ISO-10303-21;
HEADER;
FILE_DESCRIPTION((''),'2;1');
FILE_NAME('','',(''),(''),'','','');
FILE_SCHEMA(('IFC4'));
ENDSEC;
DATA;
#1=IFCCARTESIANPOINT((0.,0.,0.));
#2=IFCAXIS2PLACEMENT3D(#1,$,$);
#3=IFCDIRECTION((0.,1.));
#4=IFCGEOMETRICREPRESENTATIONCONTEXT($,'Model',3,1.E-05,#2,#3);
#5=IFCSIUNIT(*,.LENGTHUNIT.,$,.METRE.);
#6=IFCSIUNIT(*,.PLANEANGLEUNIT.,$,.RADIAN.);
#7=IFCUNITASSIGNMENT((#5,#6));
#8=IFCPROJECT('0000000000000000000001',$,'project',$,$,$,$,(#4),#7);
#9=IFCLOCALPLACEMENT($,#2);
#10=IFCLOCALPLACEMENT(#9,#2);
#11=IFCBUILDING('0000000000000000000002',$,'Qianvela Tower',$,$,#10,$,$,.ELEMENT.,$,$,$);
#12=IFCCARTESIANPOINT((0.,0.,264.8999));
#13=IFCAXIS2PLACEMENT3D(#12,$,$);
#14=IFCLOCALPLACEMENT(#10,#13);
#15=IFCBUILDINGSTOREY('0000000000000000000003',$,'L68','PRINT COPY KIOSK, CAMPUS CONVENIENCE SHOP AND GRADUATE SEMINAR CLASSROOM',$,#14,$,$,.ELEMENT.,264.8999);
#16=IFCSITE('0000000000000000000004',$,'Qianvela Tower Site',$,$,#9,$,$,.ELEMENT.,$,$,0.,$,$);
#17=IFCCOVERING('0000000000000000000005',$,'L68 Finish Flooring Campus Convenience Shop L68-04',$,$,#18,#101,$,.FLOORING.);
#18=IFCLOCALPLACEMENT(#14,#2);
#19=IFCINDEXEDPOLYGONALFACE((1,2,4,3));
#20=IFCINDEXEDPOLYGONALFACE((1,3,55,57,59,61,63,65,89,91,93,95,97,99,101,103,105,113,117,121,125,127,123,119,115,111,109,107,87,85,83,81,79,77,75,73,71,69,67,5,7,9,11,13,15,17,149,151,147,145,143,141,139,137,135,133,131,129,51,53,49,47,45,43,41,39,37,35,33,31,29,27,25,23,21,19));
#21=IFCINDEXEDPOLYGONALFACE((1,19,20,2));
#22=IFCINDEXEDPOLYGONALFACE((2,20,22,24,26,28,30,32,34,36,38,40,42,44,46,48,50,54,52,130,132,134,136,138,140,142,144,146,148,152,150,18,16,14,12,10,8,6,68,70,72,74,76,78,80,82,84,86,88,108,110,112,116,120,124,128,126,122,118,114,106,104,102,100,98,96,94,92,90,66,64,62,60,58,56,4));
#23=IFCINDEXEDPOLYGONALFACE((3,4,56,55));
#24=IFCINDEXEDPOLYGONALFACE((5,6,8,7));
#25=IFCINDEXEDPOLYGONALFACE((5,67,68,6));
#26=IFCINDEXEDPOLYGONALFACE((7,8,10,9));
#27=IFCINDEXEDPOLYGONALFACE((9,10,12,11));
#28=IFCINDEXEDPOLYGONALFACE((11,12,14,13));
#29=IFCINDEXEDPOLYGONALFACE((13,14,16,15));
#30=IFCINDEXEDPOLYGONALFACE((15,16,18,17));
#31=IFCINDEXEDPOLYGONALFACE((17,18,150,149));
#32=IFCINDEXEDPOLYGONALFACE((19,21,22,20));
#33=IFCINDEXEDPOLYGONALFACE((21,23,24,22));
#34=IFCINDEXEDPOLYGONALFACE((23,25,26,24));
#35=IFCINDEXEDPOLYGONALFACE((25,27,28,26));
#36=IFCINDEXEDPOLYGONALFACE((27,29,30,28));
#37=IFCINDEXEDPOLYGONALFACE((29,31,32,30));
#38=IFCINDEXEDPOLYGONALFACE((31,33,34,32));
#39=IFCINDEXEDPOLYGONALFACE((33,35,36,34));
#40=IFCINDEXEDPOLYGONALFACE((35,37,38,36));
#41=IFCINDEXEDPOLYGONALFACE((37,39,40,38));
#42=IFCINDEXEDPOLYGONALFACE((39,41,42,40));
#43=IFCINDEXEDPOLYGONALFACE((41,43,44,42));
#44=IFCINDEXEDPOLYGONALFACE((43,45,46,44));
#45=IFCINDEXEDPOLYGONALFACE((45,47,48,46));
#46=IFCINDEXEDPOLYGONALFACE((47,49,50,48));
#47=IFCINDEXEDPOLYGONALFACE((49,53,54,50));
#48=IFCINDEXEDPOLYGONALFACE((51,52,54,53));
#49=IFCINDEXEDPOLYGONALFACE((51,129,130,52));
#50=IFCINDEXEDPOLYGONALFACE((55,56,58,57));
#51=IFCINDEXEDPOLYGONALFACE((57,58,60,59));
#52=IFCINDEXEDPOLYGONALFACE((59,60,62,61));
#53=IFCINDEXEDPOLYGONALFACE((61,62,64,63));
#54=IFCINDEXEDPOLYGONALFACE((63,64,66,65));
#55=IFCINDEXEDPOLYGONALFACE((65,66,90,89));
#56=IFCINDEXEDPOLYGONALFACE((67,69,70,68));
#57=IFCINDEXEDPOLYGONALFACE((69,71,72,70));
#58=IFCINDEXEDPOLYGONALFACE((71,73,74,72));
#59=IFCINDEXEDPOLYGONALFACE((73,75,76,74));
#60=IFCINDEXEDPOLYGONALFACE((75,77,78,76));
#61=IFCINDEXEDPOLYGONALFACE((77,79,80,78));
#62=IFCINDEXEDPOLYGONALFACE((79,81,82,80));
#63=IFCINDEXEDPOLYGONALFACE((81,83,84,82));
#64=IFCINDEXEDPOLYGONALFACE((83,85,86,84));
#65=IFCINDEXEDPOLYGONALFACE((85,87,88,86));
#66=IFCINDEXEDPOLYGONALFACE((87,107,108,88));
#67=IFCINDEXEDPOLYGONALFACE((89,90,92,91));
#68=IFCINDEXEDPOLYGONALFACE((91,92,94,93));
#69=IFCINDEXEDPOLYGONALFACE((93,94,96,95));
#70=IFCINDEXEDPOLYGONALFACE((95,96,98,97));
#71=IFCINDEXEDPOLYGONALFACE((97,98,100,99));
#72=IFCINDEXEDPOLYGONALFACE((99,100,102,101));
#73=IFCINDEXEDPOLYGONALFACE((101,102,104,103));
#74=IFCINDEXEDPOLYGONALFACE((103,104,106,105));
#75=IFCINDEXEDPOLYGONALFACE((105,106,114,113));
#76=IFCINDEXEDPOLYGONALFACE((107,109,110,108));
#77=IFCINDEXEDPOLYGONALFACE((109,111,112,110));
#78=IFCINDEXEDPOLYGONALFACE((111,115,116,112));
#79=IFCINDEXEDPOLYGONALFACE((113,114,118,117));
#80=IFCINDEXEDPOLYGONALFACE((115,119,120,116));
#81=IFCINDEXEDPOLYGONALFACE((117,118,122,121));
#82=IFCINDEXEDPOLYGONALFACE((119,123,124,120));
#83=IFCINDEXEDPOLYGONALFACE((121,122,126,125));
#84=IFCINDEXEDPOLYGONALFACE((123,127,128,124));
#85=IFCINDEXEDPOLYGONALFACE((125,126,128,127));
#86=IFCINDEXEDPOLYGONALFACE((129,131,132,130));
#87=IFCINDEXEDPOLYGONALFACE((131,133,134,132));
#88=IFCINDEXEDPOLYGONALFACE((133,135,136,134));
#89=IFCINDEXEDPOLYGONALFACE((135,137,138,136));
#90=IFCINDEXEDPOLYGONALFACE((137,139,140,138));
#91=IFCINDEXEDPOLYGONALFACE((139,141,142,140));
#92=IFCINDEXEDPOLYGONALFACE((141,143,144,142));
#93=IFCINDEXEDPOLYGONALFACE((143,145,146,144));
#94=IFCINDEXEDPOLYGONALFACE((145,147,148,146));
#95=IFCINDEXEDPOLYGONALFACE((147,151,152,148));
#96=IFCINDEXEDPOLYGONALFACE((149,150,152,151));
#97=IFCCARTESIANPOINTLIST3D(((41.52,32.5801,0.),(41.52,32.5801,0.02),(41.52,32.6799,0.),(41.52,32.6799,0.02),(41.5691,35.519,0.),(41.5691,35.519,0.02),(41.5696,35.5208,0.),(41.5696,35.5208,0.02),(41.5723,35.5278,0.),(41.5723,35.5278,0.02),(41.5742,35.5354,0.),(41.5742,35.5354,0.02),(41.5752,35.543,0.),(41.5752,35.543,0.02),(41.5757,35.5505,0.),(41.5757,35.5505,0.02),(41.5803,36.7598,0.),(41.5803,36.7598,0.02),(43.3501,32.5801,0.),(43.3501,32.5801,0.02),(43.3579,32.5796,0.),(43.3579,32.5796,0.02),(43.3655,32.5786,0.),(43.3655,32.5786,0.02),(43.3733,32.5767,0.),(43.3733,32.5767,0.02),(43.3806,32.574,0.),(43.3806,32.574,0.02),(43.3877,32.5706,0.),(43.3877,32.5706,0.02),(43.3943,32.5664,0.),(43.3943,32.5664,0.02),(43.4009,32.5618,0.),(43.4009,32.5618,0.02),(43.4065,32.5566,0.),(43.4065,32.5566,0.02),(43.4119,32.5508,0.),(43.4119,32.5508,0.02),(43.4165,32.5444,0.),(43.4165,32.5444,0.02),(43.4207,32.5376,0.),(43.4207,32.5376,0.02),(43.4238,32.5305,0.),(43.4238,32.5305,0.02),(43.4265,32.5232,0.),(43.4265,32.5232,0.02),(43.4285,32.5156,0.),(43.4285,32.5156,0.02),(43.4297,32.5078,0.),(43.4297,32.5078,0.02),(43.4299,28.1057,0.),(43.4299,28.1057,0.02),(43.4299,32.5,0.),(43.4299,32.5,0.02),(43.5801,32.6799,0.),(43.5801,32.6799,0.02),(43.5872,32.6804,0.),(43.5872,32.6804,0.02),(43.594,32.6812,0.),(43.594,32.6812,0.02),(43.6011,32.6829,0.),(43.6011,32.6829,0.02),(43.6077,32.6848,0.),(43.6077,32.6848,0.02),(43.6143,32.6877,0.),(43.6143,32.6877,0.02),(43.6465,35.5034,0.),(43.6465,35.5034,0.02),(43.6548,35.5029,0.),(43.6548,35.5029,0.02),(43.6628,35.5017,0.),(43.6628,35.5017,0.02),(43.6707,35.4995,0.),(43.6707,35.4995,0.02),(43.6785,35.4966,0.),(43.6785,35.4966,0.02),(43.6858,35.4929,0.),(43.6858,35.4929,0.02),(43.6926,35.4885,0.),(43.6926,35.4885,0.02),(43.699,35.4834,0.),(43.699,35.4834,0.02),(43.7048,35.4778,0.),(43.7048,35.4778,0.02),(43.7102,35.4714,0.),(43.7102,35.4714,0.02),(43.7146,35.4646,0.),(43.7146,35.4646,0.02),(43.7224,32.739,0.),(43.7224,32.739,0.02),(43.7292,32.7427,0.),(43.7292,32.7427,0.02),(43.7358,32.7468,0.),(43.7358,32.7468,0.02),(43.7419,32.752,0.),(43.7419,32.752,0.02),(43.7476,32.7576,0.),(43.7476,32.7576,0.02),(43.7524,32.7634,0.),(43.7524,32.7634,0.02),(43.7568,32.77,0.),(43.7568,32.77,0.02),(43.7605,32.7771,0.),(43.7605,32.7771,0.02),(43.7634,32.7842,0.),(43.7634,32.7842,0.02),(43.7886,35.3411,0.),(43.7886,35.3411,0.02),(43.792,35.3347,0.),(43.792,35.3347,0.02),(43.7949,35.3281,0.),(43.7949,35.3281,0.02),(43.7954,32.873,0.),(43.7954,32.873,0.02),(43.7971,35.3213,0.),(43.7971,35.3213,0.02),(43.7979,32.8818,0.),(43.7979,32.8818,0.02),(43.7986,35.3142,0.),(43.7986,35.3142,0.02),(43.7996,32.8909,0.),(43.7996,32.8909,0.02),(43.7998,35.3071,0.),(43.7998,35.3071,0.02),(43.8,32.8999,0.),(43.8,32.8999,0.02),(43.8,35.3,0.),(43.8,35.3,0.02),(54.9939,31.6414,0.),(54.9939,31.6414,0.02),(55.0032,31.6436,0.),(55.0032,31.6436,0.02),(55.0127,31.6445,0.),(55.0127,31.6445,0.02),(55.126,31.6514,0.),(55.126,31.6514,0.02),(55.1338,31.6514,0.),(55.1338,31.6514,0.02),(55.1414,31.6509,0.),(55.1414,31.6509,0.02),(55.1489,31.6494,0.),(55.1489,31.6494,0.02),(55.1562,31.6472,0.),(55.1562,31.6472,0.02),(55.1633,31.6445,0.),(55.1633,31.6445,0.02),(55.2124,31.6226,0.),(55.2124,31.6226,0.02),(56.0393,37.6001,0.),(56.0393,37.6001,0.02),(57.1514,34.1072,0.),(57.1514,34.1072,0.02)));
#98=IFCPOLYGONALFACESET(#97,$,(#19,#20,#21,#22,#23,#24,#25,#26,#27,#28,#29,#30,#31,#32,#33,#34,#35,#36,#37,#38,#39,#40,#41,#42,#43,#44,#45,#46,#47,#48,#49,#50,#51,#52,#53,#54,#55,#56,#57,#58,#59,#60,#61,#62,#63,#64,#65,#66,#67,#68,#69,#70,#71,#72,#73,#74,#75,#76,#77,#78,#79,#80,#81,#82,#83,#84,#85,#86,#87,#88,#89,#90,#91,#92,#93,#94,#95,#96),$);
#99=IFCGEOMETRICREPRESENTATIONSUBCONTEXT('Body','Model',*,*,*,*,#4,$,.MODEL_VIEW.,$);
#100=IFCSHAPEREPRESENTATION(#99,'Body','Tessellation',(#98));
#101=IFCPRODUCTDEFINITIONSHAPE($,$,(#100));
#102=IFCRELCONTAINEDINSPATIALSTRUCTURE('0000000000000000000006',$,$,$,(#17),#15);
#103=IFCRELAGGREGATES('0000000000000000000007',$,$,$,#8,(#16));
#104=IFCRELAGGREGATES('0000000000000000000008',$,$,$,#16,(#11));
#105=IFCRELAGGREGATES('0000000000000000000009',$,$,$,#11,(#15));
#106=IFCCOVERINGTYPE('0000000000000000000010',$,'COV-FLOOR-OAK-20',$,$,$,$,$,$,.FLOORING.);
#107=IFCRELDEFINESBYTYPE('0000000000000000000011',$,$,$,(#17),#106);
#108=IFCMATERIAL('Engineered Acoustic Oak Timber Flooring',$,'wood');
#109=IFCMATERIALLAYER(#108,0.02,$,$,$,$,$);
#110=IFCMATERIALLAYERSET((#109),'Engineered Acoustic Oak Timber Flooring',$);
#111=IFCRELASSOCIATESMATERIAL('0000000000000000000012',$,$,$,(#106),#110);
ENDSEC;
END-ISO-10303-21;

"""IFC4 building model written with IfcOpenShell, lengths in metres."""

from ifc_helpers import new_model, si_unit, direction, frame, origin, place, context, subcontext, project, spatial, polyline, outline, extrude, material, layer, layer_set, type_object, element, save


model = new_model("IFC4")

# Units and contexts
model_context = context("Model", 3, precision=1e-05, world=origin(), true_north=direction((0.0, 1.0)))
body_context = subcontext(model_context, "Body", "Model", "MODEL_VIEW")
ifc_project = project(units=[si_unit("LENGTHUNIT", "METRE"), si_unit("PLANEANGLEUNIT", "RADIAN")], contexts=[model_context])

# Site, building, storey
site_placement = place(None, origin())
site = spatial("IfcSite", under=ifc_project, at=site_placement, Name="Qianvela Tower Site", CompositionType="ELEMENT", RefElevation=0.0)
building_placement = place(site_placement, origin())
building = spatial("IfcBuilding", under=site, at=building_placement, Name="Qianvela Tower", CompositionType="ELEMENT")
storey_placement = place(building_placement, frame((0.0, 0.0, 264.8999)))
storey = spatial("IfcBuildingStorey", under=building, at=storey_placement, Name="L68", Description="PRINT COPY KIOSK, CAMPUS CONVENIENCE SHOP AND GRADUATE SEMINAR CLASSROOM", CompositionType="ELEMENT", Elevation=264.8999)

# Covering
ifc_material_1 = material(Name="Engineered Acoustic Oak Timber Flooring", Category="wood")
ifc_layer_1 = layer(ifc_material_1, 0.02)
ifc_layer_set_1 = layer_set([ifc_layer_1], Name="Engineered Acoustic Oak Timber Flooring")
covering_type_1 = type_object("IfcCoveringType", Name="COV-FLOOR-OAK-20", PredefinedType="FLOORING", material=ifc_layer_set_1)
covering_1_placement = place(storey_placement, origin())
element("IfcCovering", 1, at=covering_1_placement, inside=storey, type_object=covering_type_1, Name="L68 Finish Flooring Campus Convenience Shop L68-04", PredefinedType="FLOORING", context=body_context, shape_type="SweptSolid", body=[
    extrude(outline(polyline([(41.5691, 35.519), (41.5696, 35.5208), (41.5723, 35.5278), (41.5742, 35.5354), (41.5752, 35.543), (41.5757, 35.5505), (41.5803, 36.7598), (56.0393, 37.6001), (57.1514, 34.1072), (55.2124, 31.6226), (55.1633, 31.6445), (55.1562, 31.6472), (55.1489, 31.6494), (55.1414, 31.6509), (55.1338, 31.6514), (55.126, 31.6514), (55.0127, 31.6445), (55.0032, 31.6436), (54.9939, 31.6414), (43.4299, 28.1057), (43.4299, 32.5), (43.4297, 32.5078), (43.4285, 32.5156), (43.4265, 32.5232), (43.4238, 32.5305), (43.4207, 32.5376), (43.4165, 32.5444), (43.4119, 32.5508), (43.4065, 32.5566), (43.4009, 32.5618), (43.3943, 32.5664), (43.3877, 32.5706), (43.3806, 32.574), (43.3733, 32.5767), (43.3655, 32.5786), (43.3579, 32.5796), (43.3501, 32.5801), (41.52, 32.5801), (41.52, 32.6799), (43.5801, 32.6799), (43.5872, 32.6804), (43.594, 32.6812), (43.6011, 32.6829), (43.6077, 32.6848), (43.6143, 32.6877), (43.7224, 32.739), (43.7292, 32.7427), (43.7358, 32.7468), (43.7419, 32.752), (43.7476, 32.7576), (43.7524, 32.7634), (43.7568, 32.77), (43.7605, 32.7771), (43.7634, 32.7842), (43.7954, 32.873), (43.7979, 32.8818), (43.7996, 32.8909), (43.8, 32.8999), (43.8, 35.3), (43.7998, 35.3071), (43.7986, 35.3142), (43.7971, 35.3213), (43.7949, 35.3281), (43.792, 35.3347), (43.7886, 35.3411), (43.7146, 35.4646), (43.7102, 35.4714), (43.7048, 35.4778), (43.699, 35.4834), (43.6926, 35.4885), (43.6858, 35.4929), (43.6785, 35.4966), (43.6707, 35.4995), (43.6628, 35.5017), (43.6548, 35.5029), (43.6465, 35.5034), (41.5691, 35.519)])), origin(), (0.0, 0.0, 1.0), 0.02),
])

save(model, "model.ifc")
